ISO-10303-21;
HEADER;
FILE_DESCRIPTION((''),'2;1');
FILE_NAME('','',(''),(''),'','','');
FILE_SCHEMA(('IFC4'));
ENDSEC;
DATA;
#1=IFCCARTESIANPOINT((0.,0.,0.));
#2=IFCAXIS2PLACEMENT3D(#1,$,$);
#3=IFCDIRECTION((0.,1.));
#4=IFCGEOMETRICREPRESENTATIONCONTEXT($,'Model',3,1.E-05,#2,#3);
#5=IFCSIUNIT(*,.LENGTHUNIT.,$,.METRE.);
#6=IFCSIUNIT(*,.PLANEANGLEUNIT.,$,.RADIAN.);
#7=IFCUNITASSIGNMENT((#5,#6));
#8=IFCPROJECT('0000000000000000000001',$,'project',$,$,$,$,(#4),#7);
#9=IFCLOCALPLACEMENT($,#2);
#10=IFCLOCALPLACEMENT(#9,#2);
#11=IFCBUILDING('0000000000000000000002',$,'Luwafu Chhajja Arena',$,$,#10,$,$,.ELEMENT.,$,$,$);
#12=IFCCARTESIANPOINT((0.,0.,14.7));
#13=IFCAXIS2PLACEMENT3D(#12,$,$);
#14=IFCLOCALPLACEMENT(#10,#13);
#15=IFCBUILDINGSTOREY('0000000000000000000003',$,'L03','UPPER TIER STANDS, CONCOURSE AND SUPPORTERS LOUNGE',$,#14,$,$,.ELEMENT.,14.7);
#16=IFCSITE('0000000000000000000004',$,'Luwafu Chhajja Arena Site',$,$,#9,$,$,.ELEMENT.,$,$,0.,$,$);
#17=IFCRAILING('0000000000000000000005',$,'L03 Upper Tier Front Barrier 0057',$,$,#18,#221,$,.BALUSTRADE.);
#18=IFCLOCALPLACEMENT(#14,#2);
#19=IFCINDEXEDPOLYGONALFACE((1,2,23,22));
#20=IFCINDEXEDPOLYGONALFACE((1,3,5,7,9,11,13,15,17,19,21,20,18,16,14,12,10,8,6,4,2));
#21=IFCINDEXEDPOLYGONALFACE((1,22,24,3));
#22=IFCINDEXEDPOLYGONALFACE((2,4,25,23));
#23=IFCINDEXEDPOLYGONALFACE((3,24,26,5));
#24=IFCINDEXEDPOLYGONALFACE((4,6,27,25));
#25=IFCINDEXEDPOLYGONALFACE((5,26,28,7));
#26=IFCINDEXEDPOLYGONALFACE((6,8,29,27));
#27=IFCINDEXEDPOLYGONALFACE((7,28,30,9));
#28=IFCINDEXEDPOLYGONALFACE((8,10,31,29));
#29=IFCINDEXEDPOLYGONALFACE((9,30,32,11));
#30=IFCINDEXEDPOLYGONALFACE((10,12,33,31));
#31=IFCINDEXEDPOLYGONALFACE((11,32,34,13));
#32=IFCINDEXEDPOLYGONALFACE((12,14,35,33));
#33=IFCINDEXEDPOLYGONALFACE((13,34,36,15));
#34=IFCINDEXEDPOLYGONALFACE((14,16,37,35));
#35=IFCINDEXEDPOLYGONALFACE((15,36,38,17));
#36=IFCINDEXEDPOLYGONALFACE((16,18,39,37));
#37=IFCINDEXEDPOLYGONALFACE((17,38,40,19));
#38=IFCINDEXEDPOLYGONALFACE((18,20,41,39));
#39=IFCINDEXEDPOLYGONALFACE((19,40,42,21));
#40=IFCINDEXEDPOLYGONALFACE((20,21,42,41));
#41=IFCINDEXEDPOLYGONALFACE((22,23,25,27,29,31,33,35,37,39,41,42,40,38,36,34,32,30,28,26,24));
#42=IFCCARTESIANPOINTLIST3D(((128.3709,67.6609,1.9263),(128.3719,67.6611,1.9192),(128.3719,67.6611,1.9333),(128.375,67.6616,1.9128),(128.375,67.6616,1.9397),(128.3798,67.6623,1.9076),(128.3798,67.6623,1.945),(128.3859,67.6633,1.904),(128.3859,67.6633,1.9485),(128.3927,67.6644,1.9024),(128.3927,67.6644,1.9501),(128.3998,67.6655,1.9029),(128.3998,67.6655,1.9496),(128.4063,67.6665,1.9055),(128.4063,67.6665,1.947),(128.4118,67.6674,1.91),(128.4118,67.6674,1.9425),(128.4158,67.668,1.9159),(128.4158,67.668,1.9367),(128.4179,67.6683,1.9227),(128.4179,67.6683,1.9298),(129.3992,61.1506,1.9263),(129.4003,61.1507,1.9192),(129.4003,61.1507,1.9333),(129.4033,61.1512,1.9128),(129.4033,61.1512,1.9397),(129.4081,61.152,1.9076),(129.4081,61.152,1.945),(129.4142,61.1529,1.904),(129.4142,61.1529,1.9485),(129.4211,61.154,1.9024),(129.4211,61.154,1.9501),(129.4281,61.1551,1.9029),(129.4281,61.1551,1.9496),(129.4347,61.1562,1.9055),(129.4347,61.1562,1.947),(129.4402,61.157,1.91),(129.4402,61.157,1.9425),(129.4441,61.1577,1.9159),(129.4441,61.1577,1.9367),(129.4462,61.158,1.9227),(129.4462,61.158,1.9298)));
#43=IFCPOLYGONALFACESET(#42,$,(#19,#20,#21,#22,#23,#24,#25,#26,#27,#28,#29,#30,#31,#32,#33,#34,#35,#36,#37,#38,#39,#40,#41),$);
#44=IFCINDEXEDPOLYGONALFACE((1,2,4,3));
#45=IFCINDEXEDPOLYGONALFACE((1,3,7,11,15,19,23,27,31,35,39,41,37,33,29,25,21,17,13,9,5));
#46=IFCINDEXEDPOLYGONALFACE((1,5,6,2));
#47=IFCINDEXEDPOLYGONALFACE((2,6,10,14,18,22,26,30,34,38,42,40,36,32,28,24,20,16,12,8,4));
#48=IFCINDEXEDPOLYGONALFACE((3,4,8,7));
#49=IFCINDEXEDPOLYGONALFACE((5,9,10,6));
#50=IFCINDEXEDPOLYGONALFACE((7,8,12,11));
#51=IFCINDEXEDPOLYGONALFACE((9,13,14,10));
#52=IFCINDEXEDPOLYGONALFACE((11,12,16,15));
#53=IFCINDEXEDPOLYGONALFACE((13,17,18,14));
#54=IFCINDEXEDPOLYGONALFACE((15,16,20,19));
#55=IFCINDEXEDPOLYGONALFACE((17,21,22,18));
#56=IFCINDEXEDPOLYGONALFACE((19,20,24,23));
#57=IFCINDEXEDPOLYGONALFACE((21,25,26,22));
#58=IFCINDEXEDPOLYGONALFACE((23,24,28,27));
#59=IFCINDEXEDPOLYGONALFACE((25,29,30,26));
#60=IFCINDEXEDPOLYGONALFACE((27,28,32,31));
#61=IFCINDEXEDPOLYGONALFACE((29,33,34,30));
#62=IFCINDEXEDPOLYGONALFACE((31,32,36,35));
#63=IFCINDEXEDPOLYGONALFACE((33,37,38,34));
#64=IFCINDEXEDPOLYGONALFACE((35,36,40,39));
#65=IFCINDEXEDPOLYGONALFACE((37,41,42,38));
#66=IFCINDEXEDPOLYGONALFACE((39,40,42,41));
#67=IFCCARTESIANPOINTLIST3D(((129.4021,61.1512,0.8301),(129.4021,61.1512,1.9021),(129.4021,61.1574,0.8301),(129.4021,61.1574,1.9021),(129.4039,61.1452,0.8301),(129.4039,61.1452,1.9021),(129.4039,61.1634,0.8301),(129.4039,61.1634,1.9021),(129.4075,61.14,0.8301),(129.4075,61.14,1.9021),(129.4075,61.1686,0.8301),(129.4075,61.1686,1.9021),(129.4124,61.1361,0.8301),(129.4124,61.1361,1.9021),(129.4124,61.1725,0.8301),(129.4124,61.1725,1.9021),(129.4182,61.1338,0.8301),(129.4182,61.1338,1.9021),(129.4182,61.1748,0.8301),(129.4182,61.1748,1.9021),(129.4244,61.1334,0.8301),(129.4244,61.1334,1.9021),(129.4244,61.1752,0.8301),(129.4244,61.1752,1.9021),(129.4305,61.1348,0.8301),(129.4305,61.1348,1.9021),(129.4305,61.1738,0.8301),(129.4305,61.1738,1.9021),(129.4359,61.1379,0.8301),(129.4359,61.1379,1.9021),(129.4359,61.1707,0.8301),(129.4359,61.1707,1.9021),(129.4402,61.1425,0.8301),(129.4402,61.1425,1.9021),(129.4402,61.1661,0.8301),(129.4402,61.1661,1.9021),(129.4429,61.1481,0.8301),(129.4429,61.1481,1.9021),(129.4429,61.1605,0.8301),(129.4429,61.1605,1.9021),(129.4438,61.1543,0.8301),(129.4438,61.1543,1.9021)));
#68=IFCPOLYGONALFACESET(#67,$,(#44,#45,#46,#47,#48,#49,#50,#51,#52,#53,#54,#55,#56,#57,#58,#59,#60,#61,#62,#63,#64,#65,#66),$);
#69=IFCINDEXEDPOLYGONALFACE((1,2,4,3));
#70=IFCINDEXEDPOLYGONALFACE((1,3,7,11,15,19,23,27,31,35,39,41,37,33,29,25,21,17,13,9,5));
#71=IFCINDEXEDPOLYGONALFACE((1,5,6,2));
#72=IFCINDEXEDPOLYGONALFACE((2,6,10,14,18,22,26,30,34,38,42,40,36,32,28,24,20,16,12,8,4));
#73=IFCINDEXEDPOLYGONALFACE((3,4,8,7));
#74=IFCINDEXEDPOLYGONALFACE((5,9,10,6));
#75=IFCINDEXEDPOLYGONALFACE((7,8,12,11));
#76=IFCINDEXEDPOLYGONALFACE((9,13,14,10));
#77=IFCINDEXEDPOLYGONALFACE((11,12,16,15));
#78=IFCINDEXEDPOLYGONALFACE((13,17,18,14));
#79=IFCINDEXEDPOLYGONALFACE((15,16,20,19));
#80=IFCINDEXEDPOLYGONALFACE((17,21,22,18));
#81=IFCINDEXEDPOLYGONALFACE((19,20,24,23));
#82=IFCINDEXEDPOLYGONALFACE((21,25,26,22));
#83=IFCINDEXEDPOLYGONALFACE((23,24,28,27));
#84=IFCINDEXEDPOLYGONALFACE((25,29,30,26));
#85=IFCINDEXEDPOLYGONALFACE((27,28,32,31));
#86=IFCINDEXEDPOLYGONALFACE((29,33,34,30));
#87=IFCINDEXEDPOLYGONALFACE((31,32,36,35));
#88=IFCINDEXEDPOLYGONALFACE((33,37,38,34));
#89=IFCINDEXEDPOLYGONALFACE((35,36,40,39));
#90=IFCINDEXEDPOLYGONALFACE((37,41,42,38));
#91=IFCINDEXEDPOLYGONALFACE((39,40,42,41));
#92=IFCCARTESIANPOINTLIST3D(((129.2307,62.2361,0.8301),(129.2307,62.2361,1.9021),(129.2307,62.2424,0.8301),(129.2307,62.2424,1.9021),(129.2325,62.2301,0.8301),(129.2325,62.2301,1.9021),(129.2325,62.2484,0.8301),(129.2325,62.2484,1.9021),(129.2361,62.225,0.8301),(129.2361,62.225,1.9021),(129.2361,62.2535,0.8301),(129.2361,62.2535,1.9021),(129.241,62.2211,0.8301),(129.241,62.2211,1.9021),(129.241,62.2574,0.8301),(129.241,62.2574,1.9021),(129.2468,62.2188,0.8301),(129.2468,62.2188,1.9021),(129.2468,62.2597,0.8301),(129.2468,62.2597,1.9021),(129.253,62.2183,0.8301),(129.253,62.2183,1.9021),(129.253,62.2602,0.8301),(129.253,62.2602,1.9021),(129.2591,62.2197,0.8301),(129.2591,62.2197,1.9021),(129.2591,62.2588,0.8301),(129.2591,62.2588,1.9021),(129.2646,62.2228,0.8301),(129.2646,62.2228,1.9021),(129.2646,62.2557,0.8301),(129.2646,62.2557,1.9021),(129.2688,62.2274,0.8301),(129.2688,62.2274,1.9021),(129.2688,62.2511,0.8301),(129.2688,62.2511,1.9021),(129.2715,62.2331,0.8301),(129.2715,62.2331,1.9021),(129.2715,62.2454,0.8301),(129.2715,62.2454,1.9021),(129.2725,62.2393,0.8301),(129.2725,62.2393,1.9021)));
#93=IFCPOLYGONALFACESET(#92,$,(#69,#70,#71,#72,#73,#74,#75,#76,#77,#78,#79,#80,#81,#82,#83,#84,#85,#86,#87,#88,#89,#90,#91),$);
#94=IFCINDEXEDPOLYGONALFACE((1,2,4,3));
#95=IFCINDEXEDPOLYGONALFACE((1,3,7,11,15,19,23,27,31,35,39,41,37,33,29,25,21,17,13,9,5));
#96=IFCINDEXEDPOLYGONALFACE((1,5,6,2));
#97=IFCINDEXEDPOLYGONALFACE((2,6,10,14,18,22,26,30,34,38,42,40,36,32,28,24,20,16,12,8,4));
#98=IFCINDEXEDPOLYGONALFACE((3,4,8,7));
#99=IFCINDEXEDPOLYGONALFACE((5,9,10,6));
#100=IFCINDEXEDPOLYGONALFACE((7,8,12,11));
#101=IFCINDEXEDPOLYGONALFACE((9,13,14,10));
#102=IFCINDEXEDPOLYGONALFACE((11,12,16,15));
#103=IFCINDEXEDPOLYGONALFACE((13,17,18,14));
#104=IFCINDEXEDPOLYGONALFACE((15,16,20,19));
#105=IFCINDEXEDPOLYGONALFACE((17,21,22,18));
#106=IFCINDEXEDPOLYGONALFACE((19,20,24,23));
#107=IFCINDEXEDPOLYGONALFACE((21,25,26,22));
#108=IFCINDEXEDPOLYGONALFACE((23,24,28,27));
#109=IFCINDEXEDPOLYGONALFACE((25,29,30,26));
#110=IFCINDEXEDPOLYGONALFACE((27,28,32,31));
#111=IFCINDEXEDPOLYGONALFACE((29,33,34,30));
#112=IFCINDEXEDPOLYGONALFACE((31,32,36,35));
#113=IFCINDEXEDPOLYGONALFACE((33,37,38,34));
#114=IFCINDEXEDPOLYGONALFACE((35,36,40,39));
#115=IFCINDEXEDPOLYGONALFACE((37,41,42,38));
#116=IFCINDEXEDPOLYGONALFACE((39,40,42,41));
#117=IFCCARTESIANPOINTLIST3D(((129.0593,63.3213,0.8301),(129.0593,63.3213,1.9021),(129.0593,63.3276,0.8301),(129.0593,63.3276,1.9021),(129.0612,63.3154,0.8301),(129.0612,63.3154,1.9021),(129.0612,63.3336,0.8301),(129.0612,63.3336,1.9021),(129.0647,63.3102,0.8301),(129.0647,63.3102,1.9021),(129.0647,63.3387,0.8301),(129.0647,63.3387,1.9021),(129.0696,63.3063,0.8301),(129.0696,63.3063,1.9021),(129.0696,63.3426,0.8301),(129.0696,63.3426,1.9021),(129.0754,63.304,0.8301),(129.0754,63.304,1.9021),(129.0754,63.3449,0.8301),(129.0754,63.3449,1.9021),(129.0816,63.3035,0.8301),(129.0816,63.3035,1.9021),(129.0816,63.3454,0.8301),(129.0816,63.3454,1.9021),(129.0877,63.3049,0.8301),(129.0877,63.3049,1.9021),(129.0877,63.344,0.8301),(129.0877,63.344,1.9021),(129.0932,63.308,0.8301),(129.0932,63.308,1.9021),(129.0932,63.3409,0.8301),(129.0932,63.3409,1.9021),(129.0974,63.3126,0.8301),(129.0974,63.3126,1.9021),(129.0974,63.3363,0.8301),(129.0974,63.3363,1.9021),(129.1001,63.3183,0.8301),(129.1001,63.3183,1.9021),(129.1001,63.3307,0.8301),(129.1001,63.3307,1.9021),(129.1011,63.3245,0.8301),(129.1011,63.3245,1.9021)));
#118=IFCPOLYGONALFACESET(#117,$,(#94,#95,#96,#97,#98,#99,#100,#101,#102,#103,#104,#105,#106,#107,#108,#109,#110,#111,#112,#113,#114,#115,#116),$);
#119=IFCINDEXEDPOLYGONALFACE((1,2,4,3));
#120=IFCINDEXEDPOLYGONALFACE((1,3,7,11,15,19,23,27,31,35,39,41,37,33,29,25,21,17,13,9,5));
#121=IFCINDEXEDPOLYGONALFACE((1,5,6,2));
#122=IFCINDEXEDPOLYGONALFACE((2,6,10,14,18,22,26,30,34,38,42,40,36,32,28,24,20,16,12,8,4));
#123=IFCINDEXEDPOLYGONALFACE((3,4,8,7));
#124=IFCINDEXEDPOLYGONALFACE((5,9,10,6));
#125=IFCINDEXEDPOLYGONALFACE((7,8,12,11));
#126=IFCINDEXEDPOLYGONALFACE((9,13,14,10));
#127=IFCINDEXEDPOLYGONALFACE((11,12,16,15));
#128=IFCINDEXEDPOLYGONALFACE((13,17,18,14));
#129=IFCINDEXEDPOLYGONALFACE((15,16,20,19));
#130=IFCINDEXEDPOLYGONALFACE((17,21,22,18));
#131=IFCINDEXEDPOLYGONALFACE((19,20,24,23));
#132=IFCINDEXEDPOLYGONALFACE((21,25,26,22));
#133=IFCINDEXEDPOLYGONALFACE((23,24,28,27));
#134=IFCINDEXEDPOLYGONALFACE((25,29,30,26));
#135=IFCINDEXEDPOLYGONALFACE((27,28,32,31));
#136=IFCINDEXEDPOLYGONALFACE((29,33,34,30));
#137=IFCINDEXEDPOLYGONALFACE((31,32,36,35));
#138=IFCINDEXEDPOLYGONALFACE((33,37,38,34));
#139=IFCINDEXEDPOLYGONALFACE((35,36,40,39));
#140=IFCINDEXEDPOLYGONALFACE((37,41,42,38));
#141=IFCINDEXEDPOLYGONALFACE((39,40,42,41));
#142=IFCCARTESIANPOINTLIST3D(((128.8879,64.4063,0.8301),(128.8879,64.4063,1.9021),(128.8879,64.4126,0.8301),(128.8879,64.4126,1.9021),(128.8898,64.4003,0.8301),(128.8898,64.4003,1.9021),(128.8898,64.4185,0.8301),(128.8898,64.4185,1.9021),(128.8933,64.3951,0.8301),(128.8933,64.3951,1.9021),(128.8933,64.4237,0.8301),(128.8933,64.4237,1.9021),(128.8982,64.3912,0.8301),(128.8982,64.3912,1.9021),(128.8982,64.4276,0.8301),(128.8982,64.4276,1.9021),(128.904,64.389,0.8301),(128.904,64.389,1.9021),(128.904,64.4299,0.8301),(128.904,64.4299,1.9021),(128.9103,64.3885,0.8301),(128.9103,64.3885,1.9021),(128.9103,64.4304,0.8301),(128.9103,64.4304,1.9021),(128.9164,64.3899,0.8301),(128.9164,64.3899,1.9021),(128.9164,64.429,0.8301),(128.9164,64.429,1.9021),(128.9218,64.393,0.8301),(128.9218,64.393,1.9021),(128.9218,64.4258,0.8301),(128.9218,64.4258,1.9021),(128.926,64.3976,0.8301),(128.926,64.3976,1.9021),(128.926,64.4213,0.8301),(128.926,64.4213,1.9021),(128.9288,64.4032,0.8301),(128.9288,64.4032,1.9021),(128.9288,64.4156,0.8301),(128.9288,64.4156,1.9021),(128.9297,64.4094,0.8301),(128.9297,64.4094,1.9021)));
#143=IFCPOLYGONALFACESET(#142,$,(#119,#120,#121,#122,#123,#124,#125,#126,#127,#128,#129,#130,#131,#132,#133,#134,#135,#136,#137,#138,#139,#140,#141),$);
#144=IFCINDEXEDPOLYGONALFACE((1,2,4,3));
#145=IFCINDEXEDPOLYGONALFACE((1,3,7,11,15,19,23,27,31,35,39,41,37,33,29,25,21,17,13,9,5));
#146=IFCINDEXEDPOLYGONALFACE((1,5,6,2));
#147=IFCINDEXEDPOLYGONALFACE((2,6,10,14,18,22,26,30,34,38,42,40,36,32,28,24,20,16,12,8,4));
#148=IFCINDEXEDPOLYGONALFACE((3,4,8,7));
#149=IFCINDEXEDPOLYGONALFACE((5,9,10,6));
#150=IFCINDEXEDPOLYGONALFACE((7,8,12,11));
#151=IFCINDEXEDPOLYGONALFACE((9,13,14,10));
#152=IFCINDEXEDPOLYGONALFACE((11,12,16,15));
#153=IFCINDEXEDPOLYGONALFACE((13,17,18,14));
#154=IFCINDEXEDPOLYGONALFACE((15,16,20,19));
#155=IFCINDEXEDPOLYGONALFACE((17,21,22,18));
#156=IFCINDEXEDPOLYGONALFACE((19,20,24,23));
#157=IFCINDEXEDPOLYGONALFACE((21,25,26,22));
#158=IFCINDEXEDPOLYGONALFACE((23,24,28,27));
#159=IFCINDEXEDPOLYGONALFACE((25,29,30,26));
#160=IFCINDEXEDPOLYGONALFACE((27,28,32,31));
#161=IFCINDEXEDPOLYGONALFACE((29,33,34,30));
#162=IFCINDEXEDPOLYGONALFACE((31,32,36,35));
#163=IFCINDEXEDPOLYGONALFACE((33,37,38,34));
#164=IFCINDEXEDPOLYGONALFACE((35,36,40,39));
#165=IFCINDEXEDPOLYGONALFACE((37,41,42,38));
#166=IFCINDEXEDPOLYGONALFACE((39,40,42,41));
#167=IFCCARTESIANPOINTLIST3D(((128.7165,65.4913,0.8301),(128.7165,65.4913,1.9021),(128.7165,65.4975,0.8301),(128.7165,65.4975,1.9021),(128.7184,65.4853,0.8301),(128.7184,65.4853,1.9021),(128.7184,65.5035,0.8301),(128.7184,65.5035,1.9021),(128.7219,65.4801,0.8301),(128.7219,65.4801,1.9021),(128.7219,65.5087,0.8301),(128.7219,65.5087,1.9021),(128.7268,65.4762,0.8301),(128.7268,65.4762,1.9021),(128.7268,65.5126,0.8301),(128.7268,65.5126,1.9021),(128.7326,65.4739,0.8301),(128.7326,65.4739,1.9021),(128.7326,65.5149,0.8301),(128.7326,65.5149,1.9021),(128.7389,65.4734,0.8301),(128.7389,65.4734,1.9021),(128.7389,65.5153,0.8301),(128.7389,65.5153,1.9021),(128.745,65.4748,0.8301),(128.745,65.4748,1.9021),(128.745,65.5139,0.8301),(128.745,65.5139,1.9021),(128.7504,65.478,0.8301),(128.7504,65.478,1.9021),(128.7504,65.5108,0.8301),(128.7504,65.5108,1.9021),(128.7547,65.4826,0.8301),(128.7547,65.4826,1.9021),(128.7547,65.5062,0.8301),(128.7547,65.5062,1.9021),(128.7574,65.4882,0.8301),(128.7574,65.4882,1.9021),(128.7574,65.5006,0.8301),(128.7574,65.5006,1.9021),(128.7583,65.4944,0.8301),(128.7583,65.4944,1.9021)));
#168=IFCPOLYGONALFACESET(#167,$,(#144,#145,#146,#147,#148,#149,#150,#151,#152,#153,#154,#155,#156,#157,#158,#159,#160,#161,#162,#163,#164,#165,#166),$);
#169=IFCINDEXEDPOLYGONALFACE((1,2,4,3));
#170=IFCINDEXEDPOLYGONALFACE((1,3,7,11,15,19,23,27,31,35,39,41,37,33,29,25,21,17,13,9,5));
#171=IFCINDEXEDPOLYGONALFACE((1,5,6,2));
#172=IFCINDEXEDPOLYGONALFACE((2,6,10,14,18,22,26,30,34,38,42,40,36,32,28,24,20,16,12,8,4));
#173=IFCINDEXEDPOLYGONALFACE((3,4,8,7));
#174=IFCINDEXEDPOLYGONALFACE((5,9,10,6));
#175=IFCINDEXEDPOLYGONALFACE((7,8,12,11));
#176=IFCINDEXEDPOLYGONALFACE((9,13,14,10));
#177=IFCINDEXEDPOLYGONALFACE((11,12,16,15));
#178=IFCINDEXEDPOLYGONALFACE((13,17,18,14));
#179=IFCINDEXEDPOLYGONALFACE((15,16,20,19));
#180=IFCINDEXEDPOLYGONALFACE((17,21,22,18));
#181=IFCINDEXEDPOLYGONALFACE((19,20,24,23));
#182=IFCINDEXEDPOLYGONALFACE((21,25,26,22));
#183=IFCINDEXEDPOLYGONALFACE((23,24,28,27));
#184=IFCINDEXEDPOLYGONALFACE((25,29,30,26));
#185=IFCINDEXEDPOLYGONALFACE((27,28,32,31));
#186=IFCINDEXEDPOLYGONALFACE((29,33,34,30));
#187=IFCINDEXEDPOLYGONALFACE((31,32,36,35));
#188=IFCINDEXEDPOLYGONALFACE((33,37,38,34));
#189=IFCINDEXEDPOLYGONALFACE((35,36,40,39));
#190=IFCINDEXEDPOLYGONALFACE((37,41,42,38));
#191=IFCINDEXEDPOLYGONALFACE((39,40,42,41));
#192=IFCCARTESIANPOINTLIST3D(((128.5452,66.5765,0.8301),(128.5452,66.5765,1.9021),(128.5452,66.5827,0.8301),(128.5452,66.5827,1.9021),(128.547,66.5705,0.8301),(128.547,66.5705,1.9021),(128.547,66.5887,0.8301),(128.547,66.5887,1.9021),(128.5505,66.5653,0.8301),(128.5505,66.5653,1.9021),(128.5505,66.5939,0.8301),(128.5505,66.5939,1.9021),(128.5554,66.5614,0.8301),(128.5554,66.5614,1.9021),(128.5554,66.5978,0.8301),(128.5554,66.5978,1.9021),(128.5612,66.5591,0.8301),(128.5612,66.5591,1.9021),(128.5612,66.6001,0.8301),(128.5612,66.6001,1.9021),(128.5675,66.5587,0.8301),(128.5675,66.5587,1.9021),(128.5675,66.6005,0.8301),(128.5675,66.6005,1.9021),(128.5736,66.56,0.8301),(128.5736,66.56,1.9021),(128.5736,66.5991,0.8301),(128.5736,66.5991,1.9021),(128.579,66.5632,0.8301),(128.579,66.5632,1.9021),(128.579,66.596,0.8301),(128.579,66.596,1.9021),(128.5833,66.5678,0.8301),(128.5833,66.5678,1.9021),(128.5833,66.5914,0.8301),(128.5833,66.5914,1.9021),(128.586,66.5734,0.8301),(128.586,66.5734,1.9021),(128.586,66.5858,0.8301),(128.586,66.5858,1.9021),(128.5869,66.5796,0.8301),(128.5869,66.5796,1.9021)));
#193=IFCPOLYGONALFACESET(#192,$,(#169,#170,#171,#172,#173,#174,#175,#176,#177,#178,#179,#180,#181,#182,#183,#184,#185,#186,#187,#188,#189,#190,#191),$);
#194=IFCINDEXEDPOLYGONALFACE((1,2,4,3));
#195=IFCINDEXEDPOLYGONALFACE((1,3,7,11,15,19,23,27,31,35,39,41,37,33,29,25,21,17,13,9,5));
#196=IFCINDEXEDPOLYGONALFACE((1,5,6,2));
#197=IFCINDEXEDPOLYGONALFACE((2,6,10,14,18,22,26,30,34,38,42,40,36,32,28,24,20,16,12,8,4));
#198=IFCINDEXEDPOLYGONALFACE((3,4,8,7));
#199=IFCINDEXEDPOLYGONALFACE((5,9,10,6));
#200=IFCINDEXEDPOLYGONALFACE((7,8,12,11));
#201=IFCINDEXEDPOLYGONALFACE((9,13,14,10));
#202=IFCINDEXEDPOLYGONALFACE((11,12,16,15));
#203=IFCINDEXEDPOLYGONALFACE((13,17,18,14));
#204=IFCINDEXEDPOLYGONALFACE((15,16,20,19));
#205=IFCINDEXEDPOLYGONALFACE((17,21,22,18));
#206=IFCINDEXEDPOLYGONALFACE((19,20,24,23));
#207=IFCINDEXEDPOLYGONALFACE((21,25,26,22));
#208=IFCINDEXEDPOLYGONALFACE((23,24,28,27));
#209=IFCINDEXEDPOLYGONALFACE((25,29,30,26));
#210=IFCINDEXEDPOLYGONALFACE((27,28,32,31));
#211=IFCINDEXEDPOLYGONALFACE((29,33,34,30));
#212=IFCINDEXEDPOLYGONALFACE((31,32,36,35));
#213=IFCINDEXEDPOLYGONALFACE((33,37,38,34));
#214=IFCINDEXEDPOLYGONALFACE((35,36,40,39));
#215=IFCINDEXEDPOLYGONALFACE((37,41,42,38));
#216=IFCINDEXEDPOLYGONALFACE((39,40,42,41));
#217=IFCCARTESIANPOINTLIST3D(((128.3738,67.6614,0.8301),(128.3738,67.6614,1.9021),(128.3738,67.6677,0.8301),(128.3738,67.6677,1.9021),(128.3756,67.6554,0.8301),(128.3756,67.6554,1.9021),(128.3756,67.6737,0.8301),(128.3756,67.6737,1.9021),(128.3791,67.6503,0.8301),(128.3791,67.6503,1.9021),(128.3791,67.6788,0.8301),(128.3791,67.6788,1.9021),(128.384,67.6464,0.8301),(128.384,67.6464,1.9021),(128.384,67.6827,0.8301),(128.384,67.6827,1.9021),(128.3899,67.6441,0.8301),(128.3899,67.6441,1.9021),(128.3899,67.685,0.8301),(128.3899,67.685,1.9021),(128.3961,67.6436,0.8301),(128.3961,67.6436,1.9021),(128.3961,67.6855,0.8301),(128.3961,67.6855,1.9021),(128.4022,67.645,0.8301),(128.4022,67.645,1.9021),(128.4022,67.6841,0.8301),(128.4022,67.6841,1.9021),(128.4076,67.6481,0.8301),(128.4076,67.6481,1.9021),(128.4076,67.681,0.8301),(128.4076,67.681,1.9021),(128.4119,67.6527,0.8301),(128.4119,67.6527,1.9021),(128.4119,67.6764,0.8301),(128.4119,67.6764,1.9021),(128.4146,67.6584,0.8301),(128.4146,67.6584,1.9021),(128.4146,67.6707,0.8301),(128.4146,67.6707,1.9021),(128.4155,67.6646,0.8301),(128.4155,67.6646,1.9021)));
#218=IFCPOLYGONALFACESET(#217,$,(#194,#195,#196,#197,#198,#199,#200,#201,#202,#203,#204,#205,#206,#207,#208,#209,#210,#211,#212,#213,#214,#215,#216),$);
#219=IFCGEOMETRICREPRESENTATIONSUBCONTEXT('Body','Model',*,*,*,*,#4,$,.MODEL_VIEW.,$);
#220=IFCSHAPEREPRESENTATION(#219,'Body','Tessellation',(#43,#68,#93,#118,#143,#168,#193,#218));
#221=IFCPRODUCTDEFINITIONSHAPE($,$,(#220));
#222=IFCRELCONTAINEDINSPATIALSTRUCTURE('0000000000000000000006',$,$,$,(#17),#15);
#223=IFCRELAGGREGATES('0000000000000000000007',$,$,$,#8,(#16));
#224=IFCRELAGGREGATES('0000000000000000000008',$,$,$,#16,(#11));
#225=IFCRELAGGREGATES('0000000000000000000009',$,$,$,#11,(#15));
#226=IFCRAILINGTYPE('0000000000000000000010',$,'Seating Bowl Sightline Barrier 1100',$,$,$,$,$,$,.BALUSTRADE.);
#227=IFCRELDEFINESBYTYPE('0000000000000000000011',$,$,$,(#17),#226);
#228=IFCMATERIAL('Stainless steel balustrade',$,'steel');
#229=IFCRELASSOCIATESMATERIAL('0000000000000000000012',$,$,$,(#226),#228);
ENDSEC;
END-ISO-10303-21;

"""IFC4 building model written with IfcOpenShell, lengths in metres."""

from ifc_helpers import new_model, si_unit, direction, frame, origin, origin_2d, place, context, subcontext, project, spatial, circle, extrude, material, type_object, element, save


model = new_model("IFC4")

# Units and contexts
model_context = context("Model", 3, precision=1e-05, world=origin(), true_north=direction((0.0, 1.0)))
body_context = subcontext(model_context, "Body", "Model", "MODEL_VIEW")
ifc_project = project(units=[si_unit("LENGTHUNIT", "METRE"), si_unit("PLANEANGLEUNIT", "RADIAN")], contexts=[model_context])

# Site, building, storey
site_placement = place(None, origin())
site = spatial("IfcSite", under=ifc_project, at=site_placement, Name="Luwafu Chhajja Arena Site", CompositionType="ELEMENT", RefElevation=0.0)
building_placement = place(site_placement, origin())
building = spatial("IfcBuilding", under=site, at=building_placement, Name="Luwafu Chhajja Arena", CompositionType="ELEMENT")
storey_placement = place(building_placement, frame((0.0, 0.0, 14.7)))
storey = spatial("IfcBuildingStorey", under=building, at=storey_placement, Name="L03", Description="UPPER TIER STANDS, CONCOURSE AND SUPPORTERS LOUNGE", CompositionType="ELEMENT", Elevation=14.7)

# Railing
ifc_material_1 = material(Name="Stainless steel balustrade", Category="steel")
railing_type = type_object("IfcRailingType", Name="Seating Bowl Sightline Barrier 1100", PredefinedType="BALUSTRADE", material=ifc_material_1)
railing_1_placement = place(storey_placement, frame((129.4229, 61.1543, 0.8301)))
element("IfcRailing", 1, at=railing_1_placement, inside=storey, type_object=railing_type, Name="L03 Upper Tier Front Barrier 0057", PredefinedType="BALUSTRADE", context=body_context, shape_type="SweptSolid", body=[
    extrude(circle(Radius=0.0239, at=origin_2d()), frame((0.0, 0.0, 1.0962), z_axis=(-0.15602, 0.987754, 0.0), x_axis=(-0.987754, -0.15602, 0.0)), (0.0, 0.0, 1.0), 6.5911),
    extrude(circle(Radius=0.021, at=origin_2d()), origin(), (0.0, 0.0, 1.0), 1.072),
    extrude(circle(Radius=0.021, at=origin_2d()), frame((-0.1714, 1.085, 0.0)), (0.0, 0.0, 1.0), 1.072),
    extrude(circle(Radius=0.021, at=origin_2d()), frame((-0.3428, 2.1702, 0.0)), (0.0, 0.0, 1.0), 1.072),
    extrude(circle(Radius=0.021, at=origin_2d()), frame((-0.5142, 3.2551, 0.0)), (0.0, 0.0, 1.0), 1.072),
    extrude(circle(Radius=0.021, at=origin_2d()), frame((-0.6855, 4.3401, 0.0)), (0.0, 0.0, 1.0), 1.072),
    extrude(circle(Radius=0.021, at=origin_2d()), frame((-0.8569, 5.4253, 0.0)), (0.0, 0.0, 1.0), 1.072),
    extrude(circle(Radius=0.021, at=origin_2d()), frame((-1.0283, 6.5103, 0.0)), (0.0, 0.0, 1.0), 1.072),
])

save(model, "model.ifc")
